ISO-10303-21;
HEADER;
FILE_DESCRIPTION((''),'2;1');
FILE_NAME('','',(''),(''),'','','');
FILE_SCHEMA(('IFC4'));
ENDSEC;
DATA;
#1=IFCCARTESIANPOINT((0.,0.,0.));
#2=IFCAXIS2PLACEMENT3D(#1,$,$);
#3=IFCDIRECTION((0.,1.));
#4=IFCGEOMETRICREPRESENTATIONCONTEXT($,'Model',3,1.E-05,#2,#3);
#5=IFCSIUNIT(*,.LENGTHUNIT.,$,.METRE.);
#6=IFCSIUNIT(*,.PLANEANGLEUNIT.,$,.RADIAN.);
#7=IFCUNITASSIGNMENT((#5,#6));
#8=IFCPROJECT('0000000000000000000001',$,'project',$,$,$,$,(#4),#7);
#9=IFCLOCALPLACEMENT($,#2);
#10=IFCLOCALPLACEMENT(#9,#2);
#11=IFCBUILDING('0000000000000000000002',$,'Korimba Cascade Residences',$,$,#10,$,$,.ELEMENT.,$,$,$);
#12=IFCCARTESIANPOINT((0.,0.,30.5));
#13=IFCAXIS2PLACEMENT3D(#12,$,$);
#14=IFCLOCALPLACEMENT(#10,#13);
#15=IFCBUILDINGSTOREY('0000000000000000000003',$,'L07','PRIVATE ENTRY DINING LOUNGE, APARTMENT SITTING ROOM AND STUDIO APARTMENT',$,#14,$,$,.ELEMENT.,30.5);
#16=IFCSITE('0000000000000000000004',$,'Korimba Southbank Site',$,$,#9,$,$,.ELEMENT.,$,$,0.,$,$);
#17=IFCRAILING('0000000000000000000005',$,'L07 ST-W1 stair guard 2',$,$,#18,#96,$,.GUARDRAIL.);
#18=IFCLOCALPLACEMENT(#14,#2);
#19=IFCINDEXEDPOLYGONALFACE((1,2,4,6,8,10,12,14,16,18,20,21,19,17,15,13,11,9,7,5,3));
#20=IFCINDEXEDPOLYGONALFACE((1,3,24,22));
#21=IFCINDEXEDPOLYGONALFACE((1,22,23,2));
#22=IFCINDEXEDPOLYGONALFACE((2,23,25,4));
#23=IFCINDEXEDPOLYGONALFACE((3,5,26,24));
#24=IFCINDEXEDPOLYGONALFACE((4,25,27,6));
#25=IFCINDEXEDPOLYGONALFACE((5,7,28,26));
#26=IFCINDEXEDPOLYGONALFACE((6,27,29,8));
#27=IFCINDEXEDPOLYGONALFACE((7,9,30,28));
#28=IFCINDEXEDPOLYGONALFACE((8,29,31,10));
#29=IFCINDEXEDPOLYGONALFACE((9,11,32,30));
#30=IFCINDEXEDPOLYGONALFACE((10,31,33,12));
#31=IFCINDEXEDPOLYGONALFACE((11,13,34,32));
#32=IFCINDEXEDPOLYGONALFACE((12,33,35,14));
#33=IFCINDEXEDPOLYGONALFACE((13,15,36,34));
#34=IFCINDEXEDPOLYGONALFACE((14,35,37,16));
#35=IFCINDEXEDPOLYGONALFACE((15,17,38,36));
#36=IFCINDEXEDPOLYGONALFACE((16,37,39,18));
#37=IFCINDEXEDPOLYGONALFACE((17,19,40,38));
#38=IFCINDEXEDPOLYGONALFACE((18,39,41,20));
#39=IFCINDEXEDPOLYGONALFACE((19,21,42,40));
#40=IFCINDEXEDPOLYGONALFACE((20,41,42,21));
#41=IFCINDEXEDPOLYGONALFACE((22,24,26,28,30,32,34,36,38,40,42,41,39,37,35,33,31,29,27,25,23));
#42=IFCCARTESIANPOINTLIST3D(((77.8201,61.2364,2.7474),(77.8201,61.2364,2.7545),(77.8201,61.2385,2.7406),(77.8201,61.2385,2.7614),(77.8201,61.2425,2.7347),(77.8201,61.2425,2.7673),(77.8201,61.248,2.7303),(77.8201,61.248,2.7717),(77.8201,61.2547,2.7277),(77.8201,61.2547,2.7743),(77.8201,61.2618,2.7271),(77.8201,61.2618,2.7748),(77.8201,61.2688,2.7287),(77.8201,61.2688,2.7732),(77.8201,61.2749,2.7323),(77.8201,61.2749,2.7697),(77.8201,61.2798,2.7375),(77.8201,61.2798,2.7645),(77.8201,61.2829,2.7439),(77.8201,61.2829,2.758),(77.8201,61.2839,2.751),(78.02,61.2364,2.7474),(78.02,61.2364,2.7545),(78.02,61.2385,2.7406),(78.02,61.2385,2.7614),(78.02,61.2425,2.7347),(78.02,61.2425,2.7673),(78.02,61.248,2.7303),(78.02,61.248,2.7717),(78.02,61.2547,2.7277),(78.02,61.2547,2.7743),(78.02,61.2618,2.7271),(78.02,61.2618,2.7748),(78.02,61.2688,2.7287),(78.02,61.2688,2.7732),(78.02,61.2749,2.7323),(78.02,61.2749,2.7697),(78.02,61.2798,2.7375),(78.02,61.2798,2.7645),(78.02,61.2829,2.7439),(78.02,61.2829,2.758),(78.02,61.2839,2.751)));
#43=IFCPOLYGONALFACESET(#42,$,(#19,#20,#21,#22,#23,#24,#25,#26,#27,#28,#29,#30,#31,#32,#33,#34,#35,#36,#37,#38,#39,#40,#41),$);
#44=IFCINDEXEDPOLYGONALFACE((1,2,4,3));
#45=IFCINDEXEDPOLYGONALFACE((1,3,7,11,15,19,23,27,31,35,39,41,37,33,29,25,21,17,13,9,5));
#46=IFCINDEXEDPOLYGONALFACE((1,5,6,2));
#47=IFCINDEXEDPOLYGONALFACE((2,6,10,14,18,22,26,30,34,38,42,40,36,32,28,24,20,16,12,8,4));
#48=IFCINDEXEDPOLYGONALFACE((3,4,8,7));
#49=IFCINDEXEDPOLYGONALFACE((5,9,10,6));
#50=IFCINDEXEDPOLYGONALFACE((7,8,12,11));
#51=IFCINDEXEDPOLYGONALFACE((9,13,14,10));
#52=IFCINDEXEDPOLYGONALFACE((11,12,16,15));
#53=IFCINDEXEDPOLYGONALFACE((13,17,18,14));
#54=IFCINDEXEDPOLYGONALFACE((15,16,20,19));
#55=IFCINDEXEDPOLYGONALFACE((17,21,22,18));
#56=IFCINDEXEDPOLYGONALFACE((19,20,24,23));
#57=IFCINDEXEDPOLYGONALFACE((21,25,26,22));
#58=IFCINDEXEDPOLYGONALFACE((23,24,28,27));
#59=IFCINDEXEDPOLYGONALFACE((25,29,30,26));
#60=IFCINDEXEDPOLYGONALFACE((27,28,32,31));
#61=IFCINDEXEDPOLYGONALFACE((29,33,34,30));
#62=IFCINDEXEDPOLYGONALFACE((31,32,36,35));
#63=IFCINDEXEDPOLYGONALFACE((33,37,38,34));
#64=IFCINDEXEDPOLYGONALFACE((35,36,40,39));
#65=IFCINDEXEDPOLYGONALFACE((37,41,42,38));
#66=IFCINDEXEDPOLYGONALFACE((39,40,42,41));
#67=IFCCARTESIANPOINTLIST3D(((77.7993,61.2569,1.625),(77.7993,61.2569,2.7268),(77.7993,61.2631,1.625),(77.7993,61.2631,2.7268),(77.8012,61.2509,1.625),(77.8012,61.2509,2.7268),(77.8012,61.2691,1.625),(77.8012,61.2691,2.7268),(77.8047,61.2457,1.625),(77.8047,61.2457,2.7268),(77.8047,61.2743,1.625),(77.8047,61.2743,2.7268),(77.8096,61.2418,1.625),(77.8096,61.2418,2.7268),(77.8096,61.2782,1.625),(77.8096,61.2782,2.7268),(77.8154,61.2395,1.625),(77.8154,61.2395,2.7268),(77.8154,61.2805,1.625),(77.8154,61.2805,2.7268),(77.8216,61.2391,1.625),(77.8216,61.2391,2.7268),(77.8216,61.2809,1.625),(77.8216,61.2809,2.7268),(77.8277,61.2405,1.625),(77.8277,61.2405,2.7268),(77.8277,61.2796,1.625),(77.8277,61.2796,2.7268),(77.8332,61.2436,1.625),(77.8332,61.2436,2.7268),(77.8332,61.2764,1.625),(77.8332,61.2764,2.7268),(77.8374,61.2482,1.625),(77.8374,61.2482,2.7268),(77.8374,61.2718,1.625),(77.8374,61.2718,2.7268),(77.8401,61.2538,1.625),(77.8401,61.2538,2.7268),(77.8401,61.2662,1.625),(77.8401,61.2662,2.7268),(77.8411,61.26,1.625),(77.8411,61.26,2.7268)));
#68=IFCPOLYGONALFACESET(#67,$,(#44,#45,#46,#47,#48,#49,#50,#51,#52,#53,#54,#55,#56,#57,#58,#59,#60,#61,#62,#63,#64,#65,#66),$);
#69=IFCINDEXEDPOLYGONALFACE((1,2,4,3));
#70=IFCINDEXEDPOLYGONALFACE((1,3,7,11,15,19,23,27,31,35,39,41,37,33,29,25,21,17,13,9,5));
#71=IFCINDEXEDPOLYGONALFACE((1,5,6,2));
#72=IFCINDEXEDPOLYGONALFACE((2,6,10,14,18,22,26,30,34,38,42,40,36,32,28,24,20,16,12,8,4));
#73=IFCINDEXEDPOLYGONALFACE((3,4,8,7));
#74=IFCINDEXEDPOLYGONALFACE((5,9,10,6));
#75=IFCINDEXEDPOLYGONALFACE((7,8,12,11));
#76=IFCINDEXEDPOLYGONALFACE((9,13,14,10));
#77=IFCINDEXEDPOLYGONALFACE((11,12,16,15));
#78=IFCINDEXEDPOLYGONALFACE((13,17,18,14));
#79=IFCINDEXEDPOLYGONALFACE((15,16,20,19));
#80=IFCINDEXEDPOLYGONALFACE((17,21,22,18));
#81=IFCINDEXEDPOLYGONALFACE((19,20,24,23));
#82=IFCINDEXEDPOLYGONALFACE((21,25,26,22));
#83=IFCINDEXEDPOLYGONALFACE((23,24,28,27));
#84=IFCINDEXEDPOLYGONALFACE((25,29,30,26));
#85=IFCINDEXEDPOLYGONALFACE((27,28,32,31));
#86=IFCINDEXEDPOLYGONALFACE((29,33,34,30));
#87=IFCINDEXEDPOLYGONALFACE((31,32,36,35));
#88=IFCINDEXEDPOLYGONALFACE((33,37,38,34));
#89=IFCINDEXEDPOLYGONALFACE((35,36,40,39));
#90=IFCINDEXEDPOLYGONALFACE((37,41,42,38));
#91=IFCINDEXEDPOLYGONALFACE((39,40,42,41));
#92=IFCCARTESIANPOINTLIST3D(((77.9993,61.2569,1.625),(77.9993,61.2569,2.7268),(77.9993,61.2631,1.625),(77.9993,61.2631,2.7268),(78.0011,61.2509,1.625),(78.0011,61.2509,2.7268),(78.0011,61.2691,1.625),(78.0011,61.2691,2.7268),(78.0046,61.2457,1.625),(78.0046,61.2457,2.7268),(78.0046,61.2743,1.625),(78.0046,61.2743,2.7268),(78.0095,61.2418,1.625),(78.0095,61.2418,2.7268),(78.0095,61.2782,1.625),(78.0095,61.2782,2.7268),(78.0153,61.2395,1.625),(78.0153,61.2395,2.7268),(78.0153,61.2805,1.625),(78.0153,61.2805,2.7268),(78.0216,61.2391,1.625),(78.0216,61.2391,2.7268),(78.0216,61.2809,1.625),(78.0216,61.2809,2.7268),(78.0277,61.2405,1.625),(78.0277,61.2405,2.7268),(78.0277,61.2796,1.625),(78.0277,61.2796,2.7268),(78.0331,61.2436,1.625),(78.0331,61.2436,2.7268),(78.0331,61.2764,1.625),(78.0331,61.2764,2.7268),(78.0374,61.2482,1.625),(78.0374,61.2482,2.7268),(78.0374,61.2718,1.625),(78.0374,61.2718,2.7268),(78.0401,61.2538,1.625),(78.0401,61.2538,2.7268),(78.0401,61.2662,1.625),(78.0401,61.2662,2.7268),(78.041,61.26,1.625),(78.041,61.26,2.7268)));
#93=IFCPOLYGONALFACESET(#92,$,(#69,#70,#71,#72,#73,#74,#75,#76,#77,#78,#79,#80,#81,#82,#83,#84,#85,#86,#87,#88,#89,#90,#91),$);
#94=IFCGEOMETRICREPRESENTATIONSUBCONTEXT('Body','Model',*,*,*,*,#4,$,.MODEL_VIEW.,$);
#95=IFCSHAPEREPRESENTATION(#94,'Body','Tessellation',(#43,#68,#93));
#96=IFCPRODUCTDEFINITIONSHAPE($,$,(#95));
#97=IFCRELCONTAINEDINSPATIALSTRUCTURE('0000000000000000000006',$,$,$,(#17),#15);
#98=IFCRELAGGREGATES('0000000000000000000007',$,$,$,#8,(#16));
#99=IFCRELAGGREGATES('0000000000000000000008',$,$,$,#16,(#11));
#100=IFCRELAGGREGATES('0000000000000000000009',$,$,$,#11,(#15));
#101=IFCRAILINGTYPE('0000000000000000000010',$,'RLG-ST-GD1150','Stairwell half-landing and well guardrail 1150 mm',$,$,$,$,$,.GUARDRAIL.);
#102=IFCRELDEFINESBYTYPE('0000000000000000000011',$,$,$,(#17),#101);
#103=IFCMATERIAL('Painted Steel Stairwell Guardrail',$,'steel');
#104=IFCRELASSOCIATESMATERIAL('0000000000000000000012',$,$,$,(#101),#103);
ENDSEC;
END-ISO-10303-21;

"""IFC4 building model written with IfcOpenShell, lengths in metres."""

from ifc_helpers import new_model, si_unit, direction, frame, origin, origin_2d, place, context, subcontext, project, spatial, circle, extrude, material, type_object, element, save


model = new_model("IFC4")

# Units and contexts
model_context = context("Model", 3, precision=1e-05, world=origin(), true_north=direction((0.0, 1.0)))
body_context = subcontext(model_context, "Body", "Model", "MODEL_VIEW")
ifc_project = project(units=[si_unit("LENGTHUNIT", "METRE"), si_unit("PLANEANGLEUNIT", "RADIAN")], contexts=[model_context])

# Site, building, storey
site_placement = place(None, origin())
site = spatial("IfcSite", under=ifc_project, at=site_placement, Name="Korimba Southbank Site", CompositionType="ELEMENT", RefElevation=0.0)
building_placement = place(site_placement, origin())
building = spatial("IfcBuilding", under=site, at=building_placement, Name="Korimba Cascade Residences", CompositionType="ELEMENT")
storey_placement = place(building_placement, frame((0.0, 0.0, 30.5)))
storey = spatial("IfcBuildingStorey", under=building, at=storey_placement, Name="L07", Description="PRIVATE ENTRY DINING LOUNGE, APARTMENT SITTING ROOM AND STUDIO APARTMENT", CompositionType="ELEMENT", Elevation=30.5)

# Railing
ifc_material_1 = material(Name="Painted Steel Stairwell Guardrail", Category="steel")
railing_type_1 = type_object("IfcRailingType", Name="RLG-ST-GD1150", Description="Stairwell half-landing and well guardrail 1150 mm", PredefinedType="GUARDRAIL", material=ifc_material_1)
railing_1_placement = place(storey_placement, frame((77.8201, 61.26, 1.625)))
element("IfcRailing", 1, at=railing_1_placement, inside=storey, type_object=railing_type_1, Name="L07 ST-W1 stair guard 2", PredefinedType="GUARDRAIL", context=body_context, shape_type="SweptSolid", body=[
    extrude(circle(Radius=0.0239, at=origin_2d()), frame((0.0, 0.0, 1.126), z_axis=(1.0, 0.0, 0.0), x_axis=(0.0, 1.0, 0.0)), (0.0, 0.0, 1.0), 0.2),
    extrude(circle(Radius=0.021, at=origin_2d()), origin(), (0.0, 0.0, 1.0), 1.1018),
    extrude(circle(Radius=0.021, at=origin_2d()), frame((0.2, 0.0, 0.0)), (0.0, 0.0, 1.0), 1.1018),
])

save(model, "model.ifc")
